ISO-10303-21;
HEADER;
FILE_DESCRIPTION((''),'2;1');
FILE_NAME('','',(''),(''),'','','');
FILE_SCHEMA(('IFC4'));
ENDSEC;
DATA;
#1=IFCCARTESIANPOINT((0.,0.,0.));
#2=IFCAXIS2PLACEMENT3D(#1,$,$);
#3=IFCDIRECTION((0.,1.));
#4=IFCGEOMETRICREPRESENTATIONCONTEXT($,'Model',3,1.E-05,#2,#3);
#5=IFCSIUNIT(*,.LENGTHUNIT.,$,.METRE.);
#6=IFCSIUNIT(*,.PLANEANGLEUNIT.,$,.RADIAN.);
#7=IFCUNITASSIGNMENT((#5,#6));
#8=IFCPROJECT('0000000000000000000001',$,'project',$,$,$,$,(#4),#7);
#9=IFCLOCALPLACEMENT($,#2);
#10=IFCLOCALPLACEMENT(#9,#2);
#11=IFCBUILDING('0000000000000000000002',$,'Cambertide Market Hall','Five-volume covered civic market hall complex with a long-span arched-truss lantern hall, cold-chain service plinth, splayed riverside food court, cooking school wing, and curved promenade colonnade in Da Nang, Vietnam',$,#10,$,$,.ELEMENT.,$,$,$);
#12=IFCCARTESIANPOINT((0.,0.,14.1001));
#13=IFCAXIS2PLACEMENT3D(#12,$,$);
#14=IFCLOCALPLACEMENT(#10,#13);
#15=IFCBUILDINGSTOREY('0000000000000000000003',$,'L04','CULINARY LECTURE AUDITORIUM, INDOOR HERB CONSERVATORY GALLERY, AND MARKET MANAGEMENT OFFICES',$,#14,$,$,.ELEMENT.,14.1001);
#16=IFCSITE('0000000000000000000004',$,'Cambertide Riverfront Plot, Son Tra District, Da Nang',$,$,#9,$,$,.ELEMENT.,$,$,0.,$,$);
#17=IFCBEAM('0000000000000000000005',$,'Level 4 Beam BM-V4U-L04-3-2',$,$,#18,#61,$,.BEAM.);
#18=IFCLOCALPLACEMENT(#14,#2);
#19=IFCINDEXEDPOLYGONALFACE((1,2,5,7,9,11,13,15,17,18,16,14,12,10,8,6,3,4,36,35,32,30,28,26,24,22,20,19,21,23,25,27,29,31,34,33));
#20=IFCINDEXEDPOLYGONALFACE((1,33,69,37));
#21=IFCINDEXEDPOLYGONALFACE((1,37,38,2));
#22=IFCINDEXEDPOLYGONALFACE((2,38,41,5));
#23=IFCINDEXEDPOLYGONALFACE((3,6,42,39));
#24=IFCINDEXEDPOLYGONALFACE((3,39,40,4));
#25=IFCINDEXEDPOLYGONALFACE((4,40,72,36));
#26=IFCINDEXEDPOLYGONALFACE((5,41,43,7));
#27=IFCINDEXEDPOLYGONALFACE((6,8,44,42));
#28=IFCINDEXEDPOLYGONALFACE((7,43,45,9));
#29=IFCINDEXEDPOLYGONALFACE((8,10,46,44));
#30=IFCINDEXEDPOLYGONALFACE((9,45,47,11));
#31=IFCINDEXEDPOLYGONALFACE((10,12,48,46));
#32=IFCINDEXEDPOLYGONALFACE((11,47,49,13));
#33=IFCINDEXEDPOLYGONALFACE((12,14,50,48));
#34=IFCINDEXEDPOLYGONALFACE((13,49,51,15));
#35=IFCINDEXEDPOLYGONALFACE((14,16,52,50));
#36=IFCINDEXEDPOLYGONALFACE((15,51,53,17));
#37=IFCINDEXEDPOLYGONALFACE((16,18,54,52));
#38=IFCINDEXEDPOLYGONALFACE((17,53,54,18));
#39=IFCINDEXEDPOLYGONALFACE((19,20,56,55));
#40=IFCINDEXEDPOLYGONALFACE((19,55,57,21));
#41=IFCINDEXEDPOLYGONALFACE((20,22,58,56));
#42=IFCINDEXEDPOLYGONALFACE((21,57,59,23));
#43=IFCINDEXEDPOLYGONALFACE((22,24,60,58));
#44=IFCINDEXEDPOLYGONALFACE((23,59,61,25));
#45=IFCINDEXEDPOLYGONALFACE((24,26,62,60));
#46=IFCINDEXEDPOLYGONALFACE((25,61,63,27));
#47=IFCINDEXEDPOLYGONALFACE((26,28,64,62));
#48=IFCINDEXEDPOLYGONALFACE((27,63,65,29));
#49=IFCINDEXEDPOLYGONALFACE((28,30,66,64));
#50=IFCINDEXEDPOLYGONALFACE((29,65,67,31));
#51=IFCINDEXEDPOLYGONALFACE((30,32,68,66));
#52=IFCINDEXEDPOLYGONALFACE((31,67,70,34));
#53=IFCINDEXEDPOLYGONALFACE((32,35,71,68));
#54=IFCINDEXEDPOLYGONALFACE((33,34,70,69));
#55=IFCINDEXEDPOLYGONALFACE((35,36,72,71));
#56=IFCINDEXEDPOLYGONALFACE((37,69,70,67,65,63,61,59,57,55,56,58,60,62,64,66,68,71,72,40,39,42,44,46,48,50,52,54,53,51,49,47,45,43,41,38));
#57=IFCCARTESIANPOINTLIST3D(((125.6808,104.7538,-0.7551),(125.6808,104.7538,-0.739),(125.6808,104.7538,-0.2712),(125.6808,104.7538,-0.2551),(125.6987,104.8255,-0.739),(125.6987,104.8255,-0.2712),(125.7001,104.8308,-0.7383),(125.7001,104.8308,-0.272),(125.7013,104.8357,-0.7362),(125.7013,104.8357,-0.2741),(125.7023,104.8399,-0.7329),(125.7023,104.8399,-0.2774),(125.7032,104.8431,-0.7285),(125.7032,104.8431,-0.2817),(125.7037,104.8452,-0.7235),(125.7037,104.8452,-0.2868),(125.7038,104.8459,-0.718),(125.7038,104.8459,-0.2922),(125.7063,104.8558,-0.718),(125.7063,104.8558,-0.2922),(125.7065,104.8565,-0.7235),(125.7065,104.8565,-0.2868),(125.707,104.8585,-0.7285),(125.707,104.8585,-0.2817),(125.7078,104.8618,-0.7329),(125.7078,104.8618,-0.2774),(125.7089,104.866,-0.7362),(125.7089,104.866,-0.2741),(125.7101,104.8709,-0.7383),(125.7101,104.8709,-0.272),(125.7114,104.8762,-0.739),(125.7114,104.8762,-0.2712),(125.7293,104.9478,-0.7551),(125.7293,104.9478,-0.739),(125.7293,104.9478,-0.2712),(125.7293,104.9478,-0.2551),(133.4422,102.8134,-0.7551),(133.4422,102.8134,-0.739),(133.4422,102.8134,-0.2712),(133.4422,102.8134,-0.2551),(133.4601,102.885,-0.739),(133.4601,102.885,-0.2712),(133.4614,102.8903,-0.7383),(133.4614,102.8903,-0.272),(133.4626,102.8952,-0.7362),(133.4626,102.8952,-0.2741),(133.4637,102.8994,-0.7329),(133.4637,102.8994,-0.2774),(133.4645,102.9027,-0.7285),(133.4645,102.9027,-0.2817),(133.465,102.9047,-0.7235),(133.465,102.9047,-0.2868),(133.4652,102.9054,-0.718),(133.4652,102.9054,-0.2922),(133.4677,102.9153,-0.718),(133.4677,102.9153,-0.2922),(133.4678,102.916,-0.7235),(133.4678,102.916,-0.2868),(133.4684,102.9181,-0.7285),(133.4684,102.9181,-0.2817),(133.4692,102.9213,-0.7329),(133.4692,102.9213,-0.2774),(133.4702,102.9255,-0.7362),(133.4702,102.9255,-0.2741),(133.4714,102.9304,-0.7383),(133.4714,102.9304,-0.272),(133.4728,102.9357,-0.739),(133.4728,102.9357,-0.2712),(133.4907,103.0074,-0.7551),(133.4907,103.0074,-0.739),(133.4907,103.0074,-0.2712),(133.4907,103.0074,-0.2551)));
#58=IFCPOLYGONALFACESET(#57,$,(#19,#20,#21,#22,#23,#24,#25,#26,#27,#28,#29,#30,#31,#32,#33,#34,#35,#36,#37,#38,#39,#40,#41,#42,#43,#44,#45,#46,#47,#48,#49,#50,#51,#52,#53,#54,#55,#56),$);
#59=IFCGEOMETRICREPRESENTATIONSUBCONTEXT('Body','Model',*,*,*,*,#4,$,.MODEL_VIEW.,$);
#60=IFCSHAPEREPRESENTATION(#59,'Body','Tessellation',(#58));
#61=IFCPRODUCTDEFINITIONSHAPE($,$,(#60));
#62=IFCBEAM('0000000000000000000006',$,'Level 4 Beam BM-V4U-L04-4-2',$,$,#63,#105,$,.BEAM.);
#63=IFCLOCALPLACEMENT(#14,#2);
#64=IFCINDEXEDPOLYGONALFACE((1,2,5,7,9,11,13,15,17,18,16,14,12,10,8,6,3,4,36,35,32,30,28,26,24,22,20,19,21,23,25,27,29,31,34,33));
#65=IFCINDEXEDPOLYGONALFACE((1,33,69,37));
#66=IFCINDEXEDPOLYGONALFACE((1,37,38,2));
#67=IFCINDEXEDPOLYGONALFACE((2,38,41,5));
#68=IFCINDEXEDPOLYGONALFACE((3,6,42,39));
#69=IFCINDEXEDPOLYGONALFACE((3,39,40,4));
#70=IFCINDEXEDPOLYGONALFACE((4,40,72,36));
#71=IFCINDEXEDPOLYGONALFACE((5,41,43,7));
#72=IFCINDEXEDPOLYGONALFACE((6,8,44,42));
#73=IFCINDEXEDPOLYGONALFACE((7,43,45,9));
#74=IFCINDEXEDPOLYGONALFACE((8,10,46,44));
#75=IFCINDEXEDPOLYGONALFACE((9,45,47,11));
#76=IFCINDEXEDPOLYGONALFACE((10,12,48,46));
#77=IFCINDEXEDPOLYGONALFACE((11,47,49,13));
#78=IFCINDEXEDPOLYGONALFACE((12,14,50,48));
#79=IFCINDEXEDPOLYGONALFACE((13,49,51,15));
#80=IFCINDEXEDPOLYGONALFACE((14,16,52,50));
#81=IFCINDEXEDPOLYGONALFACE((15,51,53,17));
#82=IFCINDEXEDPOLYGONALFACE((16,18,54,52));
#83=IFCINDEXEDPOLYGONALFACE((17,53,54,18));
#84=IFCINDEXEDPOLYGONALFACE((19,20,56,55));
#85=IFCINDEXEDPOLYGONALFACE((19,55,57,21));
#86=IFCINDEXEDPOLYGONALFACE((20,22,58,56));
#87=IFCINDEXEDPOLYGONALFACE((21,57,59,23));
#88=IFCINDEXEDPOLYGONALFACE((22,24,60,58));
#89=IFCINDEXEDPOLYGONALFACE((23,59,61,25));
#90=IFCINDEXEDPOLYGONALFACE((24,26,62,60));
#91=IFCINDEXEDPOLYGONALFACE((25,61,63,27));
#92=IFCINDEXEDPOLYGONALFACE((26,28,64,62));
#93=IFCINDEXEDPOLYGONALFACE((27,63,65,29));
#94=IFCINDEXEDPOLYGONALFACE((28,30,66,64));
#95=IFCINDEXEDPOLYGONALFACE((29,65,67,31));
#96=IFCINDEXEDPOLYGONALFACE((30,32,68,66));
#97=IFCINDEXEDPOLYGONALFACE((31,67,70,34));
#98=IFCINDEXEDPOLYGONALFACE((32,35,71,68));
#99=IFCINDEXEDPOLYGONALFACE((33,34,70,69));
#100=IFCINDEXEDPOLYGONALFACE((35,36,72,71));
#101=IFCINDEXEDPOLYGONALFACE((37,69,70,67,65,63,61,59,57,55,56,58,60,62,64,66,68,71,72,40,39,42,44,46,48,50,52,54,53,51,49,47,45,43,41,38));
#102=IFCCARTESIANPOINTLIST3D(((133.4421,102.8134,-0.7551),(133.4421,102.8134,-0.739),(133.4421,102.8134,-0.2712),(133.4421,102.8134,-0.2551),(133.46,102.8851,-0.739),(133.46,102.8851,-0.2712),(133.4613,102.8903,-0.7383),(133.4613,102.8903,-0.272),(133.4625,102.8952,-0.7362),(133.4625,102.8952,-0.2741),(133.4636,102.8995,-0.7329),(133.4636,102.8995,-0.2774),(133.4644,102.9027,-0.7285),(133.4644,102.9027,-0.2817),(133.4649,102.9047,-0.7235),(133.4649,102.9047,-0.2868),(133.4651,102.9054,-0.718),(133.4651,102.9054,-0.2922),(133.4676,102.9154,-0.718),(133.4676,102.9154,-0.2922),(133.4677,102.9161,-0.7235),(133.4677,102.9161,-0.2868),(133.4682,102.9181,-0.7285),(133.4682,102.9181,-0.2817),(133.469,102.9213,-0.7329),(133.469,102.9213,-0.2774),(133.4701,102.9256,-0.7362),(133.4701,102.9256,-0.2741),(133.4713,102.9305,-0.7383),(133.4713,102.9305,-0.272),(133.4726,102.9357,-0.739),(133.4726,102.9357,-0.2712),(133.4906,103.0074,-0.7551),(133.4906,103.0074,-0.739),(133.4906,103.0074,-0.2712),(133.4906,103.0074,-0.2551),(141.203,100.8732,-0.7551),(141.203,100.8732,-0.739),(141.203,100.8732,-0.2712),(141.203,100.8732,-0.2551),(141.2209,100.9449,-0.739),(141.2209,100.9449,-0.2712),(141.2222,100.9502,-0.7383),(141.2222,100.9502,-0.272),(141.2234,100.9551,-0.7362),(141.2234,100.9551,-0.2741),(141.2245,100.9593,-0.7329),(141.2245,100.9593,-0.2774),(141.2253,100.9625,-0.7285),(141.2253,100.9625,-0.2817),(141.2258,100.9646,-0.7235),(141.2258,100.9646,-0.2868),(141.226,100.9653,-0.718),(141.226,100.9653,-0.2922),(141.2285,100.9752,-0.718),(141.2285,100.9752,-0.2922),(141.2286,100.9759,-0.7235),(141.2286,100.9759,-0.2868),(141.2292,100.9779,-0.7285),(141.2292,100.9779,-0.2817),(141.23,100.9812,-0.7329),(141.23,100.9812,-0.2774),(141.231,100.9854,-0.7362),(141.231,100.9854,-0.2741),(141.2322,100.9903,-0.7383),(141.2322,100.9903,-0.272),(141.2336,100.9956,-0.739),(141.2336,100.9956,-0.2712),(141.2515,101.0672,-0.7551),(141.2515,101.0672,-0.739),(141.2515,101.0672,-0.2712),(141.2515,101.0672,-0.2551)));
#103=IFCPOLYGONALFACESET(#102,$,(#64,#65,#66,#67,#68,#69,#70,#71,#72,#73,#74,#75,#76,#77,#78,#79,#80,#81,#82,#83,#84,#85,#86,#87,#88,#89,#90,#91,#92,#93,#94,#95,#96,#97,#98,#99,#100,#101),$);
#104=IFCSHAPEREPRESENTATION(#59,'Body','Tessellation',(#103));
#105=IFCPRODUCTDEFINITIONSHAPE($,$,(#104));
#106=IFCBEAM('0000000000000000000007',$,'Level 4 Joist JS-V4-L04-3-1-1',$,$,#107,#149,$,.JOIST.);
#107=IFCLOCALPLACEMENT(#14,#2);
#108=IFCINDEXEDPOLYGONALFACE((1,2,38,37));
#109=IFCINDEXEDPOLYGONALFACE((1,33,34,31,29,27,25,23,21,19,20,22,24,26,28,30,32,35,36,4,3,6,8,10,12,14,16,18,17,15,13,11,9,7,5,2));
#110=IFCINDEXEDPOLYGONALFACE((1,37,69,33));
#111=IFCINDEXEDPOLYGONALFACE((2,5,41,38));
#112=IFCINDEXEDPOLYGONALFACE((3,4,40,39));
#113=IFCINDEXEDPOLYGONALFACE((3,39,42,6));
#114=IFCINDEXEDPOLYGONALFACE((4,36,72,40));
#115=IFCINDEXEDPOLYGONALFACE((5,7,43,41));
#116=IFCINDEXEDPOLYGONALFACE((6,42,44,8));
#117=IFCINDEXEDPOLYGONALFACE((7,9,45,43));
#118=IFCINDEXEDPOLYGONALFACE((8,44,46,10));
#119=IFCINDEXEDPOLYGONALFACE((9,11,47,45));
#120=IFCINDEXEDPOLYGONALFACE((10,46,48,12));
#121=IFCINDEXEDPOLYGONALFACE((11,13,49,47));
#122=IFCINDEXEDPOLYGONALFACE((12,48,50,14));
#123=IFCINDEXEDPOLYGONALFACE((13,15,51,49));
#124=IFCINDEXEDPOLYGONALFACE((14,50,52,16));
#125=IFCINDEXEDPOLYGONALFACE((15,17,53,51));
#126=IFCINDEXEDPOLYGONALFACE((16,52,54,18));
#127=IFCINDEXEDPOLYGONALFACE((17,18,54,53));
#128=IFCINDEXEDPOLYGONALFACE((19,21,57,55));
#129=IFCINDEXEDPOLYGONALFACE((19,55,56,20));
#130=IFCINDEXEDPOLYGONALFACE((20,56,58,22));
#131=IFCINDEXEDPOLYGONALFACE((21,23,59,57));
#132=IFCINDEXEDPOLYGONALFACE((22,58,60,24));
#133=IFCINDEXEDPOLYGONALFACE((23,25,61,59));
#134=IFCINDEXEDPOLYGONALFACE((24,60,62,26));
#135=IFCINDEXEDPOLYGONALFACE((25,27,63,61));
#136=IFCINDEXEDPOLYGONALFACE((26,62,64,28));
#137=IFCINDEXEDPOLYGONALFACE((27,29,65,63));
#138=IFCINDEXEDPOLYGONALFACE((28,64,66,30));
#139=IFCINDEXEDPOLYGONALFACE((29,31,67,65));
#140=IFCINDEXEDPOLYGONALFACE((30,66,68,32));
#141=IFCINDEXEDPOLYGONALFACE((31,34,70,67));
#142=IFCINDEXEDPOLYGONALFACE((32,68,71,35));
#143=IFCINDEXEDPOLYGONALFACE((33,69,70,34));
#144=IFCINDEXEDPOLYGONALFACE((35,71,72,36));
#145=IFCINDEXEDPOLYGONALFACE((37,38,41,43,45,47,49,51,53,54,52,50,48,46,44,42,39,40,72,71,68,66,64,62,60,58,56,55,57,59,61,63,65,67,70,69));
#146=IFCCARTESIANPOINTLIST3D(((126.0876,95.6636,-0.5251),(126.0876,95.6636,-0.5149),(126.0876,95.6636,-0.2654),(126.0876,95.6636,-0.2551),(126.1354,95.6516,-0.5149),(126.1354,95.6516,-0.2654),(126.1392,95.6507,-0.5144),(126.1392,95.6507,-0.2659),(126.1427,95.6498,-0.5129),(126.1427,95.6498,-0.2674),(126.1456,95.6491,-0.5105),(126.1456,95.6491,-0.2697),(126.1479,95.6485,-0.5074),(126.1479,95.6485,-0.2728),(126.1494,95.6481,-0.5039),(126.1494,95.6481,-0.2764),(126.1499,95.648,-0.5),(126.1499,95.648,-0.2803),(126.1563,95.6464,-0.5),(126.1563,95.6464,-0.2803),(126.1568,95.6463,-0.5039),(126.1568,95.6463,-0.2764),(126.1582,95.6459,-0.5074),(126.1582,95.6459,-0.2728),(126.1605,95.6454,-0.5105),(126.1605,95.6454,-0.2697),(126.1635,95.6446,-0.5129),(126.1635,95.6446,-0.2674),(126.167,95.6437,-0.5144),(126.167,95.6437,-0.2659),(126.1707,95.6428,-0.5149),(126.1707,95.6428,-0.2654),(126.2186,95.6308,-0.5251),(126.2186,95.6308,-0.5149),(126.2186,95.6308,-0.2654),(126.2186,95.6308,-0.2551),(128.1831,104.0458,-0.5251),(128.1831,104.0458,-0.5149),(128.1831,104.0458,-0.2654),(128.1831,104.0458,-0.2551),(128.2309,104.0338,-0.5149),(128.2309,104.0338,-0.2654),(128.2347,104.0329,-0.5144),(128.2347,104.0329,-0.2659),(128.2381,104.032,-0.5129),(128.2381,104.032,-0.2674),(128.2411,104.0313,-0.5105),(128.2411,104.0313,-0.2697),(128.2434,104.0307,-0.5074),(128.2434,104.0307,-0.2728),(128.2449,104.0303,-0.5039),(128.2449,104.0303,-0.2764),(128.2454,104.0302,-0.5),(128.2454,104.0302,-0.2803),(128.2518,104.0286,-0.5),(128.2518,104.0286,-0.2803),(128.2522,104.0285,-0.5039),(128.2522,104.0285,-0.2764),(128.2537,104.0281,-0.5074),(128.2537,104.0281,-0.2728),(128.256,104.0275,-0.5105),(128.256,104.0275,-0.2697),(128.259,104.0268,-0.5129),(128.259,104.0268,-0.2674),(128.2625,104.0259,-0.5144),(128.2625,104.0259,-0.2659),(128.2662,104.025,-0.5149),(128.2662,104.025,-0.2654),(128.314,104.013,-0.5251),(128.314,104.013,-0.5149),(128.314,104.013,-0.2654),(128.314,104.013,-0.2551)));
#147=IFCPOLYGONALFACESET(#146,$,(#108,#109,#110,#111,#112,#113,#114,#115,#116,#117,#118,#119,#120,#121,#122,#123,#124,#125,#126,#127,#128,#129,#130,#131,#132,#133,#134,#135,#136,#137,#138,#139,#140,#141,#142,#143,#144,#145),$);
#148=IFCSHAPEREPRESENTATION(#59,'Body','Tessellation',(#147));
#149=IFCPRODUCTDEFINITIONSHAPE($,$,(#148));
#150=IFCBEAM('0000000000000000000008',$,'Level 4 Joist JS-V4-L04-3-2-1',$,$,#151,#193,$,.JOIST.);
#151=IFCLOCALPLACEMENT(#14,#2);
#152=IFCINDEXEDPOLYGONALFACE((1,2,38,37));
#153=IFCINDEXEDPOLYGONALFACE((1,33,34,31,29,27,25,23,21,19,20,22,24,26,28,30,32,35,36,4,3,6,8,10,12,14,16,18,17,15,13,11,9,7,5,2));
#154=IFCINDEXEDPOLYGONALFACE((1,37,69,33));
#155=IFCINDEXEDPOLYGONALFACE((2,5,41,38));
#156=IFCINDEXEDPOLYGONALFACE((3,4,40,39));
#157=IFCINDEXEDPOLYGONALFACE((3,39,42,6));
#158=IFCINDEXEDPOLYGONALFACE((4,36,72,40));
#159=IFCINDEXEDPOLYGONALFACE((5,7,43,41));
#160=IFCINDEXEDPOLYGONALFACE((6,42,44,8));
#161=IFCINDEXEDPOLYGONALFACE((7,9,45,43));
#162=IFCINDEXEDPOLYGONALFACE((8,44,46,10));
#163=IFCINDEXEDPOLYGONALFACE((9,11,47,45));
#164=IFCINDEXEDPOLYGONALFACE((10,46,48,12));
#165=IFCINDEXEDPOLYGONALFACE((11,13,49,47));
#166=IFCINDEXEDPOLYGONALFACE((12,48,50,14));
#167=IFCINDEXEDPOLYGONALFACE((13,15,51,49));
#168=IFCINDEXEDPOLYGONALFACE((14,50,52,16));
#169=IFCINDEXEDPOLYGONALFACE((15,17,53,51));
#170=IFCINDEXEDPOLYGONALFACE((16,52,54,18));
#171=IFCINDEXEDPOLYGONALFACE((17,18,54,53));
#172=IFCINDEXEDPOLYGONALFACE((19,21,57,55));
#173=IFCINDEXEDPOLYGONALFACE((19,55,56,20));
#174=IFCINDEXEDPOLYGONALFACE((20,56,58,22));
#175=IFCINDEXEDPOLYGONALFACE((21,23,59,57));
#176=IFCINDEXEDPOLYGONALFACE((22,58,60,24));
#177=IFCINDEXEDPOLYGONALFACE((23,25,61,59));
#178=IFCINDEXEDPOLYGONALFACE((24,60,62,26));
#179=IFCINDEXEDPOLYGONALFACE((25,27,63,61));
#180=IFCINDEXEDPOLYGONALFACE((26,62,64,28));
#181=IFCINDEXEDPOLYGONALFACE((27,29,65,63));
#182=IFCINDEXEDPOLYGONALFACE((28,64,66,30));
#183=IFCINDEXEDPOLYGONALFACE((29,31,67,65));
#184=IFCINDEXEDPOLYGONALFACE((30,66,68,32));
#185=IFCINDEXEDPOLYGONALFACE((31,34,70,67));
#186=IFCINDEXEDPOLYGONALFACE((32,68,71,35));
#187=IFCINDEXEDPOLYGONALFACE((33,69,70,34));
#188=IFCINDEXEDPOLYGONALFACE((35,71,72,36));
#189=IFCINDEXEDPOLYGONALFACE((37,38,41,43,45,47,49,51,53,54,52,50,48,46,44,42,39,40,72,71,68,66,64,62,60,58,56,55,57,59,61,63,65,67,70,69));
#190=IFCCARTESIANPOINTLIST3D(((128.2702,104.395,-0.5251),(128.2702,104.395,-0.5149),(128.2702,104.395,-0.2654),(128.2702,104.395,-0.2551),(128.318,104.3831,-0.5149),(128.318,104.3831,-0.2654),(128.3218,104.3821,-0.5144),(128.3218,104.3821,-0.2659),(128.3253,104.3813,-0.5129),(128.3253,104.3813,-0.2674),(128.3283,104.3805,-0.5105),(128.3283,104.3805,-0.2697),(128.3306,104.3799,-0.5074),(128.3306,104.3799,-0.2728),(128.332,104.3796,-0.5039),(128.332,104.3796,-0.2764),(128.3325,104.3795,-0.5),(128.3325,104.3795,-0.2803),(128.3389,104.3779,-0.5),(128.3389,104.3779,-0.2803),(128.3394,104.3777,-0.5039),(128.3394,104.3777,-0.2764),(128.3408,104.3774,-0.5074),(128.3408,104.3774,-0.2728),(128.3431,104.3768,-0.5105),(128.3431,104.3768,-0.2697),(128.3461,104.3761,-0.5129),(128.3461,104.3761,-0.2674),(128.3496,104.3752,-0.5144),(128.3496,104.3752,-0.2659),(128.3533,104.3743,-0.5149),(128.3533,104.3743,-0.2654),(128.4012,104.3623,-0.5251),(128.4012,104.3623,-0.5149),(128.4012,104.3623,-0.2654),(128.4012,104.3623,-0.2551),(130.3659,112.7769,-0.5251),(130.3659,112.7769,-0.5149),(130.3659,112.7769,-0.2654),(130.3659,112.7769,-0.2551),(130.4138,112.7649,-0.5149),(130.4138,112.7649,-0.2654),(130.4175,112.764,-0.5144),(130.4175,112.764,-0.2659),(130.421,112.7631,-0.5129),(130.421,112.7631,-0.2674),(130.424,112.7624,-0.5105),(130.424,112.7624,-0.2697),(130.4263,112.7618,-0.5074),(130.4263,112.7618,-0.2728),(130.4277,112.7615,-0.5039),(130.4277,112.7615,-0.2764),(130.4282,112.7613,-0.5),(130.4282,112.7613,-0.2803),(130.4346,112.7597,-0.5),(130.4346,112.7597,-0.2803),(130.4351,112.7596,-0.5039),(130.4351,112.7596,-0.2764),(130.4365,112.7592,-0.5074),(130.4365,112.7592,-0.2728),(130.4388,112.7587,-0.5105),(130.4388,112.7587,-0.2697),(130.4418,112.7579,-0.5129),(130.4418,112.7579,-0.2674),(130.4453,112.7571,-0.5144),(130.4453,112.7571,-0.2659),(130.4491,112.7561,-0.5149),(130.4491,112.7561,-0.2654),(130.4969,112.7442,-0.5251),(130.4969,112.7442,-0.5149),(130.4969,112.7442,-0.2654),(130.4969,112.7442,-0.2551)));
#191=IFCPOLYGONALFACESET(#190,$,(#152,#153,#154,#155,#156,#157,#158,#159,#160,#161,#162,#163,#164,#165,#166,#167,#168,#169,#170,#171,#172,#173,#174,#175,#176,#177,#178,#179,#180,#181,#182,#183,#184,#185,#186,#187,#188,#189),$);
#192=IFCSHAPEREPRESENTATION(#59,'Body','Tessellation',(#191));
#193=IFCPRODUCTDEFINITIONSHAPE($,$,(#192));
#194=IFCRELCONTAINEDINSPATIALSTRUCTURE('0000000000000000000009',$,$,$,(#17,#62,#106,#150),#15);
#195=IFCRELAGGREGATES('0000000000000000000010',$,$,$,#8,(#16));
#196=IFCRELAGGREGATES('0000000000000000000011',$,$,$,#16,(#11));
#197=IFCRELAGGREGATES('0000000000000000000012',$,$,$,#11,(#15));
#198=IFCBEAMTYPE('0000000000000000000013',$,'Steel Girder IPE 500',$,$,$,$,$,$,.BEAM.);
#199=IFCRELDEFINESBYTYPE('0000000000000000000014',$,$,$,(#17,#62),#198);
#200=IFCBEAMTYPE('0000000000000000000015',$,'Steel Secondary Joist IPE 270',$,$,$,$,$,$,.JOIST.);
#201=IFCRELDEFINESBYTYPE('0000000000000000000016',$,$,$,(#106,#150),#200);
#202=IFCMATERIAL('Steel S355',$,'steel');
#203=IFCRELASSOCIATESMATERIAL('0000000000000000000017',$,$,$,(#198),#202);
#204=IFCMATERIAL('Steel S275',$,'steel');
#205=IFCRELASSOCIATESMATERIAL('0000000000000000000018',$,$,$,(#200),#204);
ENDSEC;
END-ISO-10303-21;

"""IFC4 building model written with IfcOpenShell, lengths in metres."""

from ifc_helpers import new_model, si_unit, direction, frame, origin, origin_2d, place, context, subcontext, project, spatial, i_section, extrude, material, material_profile, profile_set, type_object, element, save


model = new_model("IFC4")

# Units and contexts
model_context = context("Model", 3, precision=1e-05, world=origin(), true_north=direction((0.0, 1.0)))
body_context = subcontext(model_context, "Body", "Model", "MODEL_VIEW")
ifc_project = project(units=[si_unit("LENGTHUNIT", "METRE"), si_unit("PLANEANGLEUNIT", "RADIAN")], contexts=[model_context])

# Site, building, storey
site_placement = place(None, origin())
site = spatial("IfcSite", under=ifc_project, at=site_placement, Name="Cambertide Riverfront Plot, Son Tra District, Da Nang", CompositionType="ELEMENT", RefElevation=0.0)
building_placement = place(site_placement, origin())
building = spatial("IfcBuilding", under=site, at=building_placement, Name="Cambertide Market Hall", Description="Five-volume covered civic market hall complex with a long-span arched-truss lantern hall, cold-chain service plinth, splayed riverside food court, cooking school wing, and curved promenade colonnade in Da Nang, Vietnam", CompositionType="ELEMENT")
storey_placement = place(building_placement, frame((0.0, 0.0, 14.1001)))
storey = spatial("IfcBuildingStorey", under=building, at=storey_placement, Name="L04", Description="CULINARY LECTURE AUDITORIUM, INDOOR HERB CONSERVATORY GALLERY, AND MARKET MANAGEMENT OFFICES", CompositionType="ELEMENT", Elevation=14.1001)

# Beams
ifc_material_1 = material(Name="Steel S355", Category="steel")
ifc_material_profile_1 = material_profile(ifc_material_1, i_section(OverallWidth=0.2, OverallDepth=0.5, WebThickness=0.0103, FlangeThickness=0.0161, FilletRadius=0.021, at=origin_2d()), Name="IPE 500")
ifc_profile_set_1 = profile_set([ifc_material_profile_1], Name="Steel S355")
beam_type_1 = type_object("IfcBeamType", Name="Steel Girder IPE 500", PredefinedType="BEAM", material=ifc_profile_set_1)
beam_1_placement = place(storey_placement, frame((125.7051, 104.8508, -0.5051), z_axis=(0.970139, -0.24255, 0.0), x_axis=(0.24255, 0.970139, 0.0)))
element("IfcBeam", 1, at=beam_1_placement, inside=storey, type_object=beam_type_1, Name="Level 4 Beam BM-V4U-L04-3-2", PredefinedType="BEAM", context=body_context, shape_type="SweptSolid", body=[
    extrude(i_section(OverallWidth=0.2, OverallDepth=0.5, WebThickness=0.0103, FlangeThickness=0.0161, FilletRadius=0.021, at=origin_2d()), origin(), (0.0, 0.0, 1.0), 8.0002),
])
beam_2_placement = place(storey_placement, frame((133.4663, 102.9104, -0.5051), z_axis=(0.970144, -0.242528, 0.0), x_axis=(0.242528, 0.970144, 0.0)))
element("IfcBeam", 2, at=beam_2_placement, inside=storey, type_object=beam_type_1, Name="Level 4 Beam BM-V4U-L04-4-2", PredefinedType="BEAM", context=body_context, shape_type="SweptSolid", body=[
    extrude(i_section(OverallWidth=0.2, OverallDepth=0.5, WebThickness=0.0103, FlangeThickness=0.0161, FilletRadius=0.021, at=origin_2d()), origin(), (0.0, 0.0, 1.0), 7.9998),
])
ifc_material_2 = material(Name="Steel S275", Category="steel")
ifc_material_profile_2 = material_profile(ifc_material_2, i_section(OverallWidth=0.135, OverallDepth=0.27, WebThickness=0.0066, FlangeThickness=0.0103, FilletRadius=0.0149, at=origin_2d()), Name="IPE 270")
ifc_profile_set_2 = profile_set([ifc_material_profile_2], Name="Steel S275")
beam_type_2 = type_object("IfcBeamType", Name="Steel Secondary Joist IPE 270", PredefinedType="JOIST", material=ifc_profile_set_2)
beam_3_placement = place(storey_placement, frame((126.1531, 95.6472, -0.3901), z_axis=(0.242529, 0.970144, 0.0), x_axis=(-0.970144, 0.242529, 0.0)))
element("IfcBeam", 3, at=beam_3_placement, inside=storey, type_object=beam_type_2, Name="Level 4 Joist JS-V4-L04-3-1-1", PredefinedType="JOIST", context=body_context, shape_type="SweptSolid", body=[
    extrude(i_section(OverallWidth=0.135, OverallDepth=0.27, WebThickness=0.0066, FlangeThickness=0.0103, FilletRadius=0.0149, at=origin_2d()), origin(), (0.0, 0.0, 1.0), 8.6401),
])
for number, where, z_axis, x_axis, name in (
    (4, (128.3357, 104.3787, -0.3901), (0.242562, 0.970136, 0.0), (-0.970136, 0.242562, 0.0), "Level 4 Joist JS-V4-L04-3-2-1"),
):
    element("IfcBeam", number, at=place(storey_placement, frame(where, z_axis=z_axis, x_axis=x_axis)), inside=storey, type_object=beam_type_2, Name=name, PredefinedType="JOIST", context=body_context, shape_type="SweptSolid", body=[
        extrude(i_section(OverallWidth=0.135, OverallDepth=0.27, WebThickness=0.0066, FlangeThickness=0.0103, FilletRadius=0.0149, at=origin_2d()), origin(), (0.0, 0.0, 1.0), 8.6399),
    ])

save(model, "model.ifc")
